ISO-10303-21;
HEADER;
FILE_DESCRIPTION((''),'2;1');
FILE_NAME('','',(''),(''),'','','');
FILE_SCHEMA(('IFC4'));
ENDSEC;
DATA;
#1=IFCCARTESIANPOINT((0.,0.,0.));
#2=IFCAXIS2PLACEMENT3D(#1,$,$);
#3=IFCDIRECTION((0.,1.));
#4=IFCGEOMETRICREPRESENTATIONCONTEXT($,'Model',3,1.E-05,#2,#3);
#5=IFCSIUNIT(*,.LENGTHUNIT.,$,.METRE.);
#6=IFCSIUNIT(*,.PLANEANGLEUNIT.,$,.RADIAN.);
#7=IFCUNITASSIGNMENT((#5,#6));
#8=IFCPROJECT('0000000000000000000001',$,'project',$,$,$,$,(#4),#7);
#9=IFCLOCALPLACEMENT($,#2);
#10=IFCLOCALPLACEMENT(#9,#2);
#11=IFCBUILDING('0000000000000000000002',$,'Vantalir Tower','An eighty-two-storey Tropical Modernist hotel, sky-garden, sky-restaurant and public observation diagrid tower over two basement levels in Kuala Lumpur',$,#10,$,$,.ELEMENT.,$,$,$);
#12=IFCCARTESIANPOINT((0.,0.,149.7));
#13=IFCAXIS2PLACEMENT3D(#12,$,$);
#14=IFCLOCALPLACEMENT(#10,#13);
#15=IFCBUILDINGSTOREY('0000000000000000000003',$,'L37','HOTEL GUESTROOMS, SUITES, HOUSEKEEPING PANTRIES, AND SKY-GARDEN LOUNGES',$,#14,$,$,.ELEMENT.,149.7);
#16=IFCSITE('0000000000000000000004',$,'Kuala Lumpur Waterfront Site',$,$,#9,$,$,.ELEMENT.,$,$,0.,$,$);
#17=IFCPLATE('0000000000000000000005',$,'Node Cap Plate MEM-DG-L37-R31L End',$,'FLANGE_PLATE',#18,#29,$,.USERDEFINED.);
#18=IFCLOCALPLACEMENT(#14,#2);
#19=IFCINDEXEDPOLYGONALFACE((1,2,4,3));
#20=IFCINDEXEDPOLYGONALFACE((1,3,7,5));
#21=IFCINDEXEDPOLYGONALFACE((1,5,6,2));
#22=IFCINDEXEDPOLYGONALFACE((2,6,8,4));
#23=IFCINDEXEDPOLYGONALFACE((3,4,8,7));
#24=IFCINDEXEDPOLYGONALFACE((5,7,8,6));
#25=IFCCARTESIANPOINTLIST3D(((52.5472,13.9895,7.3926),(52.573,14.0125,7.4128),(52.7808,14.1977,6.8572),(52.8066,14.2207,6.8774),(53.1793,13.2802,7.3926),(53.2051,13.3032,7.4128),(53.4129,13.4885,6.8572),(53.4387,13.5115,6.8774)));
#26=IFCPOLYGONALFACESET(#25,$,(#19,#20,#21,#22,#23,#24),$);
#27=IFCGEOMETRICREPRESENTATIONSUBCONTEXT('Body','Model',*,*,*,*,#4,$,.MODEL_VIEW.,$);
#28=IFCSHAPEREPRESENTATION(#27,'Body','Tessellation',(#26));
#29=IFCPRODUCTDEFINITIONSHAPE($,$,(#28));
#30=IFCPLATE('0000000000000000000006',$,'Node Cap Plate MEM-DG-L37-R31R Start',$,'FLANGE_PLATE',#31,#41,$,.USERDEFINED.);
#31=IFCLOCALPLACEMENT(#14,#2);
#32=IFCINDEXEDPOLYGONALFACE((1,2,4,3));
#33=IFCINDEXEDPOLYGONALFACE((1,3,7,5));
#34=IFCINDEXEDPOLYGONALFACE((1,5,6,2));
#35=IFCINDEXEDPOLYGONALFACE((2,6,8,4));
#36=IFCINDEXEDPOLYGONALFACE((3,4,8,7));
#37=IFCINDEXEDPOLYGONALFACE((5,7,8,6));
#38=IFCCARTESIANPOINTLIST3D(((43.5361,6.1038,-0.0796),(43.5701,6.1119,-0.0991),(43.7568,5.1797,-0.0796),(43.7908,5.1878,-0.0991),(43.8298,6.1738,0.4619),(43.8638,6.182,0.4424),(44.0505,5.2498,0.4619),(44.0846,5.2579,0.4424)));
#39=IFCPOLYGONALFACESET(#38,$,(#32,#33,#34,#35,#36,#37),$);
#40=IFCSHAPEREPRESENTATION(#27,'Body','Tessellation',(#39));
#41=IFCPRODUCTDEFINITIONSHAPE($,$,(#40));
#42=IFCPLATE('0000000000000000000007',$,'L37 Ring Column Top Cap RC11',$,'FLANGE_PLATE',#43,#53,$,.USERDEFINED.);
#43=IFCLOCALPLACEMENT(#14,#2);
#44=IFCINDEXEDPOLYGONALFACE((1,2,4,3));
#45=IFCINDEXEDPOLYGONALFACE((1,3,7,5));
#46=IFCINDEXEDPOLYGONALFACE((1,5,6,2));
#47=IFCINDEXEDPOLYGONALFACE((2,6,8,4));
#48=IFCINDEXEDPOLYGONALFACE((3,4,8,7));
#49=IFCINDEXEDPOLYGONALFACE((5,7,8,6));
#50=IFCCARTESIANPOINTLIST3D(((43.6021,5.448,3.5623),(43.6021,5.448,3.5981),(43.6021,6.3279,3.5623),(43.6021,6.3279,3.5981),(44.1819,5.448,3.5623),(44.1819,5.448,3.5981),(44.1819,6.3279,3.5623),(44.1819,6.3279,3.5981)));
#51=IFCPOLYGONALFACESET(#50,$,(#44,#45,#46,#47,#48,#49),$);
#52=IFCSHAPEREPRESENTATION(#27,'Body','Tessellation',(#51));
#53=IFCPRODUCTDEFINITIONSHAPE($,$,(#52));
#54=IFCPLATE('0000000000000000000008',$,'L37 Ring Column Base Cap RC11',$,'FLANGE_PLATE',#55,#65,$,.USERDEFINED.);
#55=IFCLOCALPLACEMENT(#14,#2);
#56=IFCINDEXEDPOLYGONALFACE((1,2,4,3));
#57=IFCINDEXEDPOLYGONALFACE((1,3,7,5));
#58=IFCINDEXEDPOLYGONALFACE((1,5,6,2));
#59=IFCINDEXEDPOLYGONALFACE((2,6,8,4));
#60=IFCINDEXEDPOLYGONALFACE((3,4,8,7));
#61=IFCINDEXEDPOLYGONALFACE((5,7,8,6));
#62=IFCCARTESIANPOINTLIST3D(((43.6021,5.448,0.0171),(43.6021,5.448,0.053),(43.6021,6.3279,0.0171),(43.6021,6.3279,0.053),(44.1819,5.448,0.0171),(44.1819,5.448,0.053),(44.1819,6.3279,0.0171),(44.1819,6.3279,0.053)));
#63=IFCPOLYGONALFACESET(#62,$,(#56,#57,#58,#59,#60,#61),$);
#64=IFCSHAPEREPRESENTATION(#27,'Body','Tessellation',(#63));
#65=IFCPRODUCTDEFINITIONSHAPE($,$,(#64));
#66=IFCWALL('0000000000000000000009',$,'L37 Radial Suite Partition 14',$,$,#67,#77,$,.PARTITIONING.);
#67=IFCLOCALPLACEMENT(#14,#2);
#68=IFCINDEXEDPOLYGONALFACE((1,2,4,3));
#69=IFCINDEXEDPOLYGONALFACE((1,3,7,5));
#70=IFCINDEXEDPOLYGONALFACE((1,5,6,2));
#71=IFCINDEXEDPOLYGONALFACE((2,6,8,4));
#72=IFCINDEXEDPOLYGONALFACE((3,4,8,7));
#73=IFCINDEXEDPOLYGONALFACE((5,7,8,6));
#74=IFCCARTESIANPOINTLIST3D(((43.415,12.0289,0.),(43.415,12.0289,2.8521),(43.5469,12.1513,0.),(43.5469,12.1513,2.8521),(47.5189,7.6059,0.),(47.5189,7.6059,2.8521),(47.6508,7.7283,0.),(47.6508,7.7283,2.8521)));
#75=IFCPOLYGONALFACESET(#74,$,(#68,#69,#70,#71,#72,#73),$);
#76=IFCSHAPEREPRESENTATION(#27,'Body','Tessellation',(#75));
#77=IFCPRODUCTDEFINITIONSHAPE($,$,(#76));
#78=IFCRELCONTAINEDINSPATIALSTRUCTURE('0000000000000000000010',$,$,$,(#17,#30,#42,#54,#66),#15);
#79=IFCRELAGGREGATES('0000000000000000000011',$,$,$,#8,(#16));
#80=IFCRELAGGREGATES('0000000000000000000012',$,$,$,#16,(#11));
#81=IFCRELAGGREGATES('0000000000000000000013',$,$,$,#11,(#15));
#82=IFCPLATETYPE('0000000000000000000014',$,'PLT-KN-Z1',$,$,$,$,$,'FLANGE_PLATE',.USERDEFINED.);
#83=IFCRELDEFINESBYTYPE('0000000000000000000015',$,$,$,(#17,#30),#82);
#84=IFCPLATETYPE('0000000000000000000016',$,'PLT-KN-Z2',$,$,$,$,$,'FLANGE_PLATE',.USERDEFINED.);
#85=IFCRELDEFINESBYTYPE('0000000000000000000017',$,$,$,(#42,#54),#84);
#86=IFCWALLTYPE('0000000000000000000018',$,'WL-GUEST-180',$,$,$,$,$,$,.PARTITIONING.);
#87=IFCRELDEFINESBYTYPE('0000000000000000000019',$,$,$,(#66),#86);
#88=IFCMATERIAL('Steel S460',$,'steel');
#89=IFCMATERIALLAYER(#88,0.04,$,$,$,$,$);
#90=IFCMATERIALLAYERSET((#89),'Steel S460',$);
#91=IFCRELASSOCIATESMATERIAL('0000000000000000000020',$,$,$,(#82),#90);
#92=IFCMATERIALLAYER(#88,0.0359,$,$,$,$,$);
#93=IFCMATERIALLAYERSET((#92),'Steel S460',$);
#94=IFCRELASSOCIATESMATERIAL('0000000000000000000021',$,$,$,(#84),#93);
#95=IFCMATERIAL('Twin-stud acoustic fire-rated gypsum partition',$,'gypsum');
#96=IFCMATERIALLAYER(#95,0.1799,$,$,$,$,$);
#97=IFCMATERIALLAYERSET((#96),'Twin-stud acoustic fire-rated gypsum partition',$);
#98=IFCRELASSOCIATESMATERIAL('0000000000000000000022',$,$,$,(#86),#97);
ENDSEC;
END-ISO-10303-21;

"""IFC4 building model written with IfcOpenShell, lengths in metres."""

from ifc_helpers import new_model, si_unit, direction, frame, frame_2d, origin, place, context, subcontext, project, spatial, polyline, rectangle, outline, extrude, material, layer, layer_set, type_object, element, save


model = new_model("IFC4")

# Units and contexts
model_context = context("Model", 3, precision=1e-05, world=origin(), true_north=direction((0.0, 1.0)))
body_context = subcontext(model_context, "Body", "Model", "MODEL_VIEW")
ifc_project = project(units=[si_unit("LENGTHUNIT", "METRE"), si_unit("PLANEANGLEUNIT", "RADIAN")], contexts=[model_context])

# Site, building, storey
site_placement = place(None, origin())
site = spatial("IfcSite", under=ifc_project, at=site_placement, Name="Kuala Lumpur Waterfront Site", CompositionType="ELEMENT", RefElevation=0.0)
building_placement = place(site_placement, origin())
building = spatial("IfcBuilding", under=site, at=building_placement, Name="Vantalir Tower", Description="An eighty-two-storey Tropical Modernist hotel, sky-garden, sky-restaurant and public observation diagrid tower over two basement levels in Kuala Lumpur", CompositionType="ELEMENT")
storey_placement = place(building_placement, frame((0.0, 0.0, 149.7)))
storey = spatial("IfcBuildingStorey", under=building, at=storey_placement, Name="L37", Description="HOTEL GUESTROOMS, SUITES, HOUSEKEEPING PANTRIES, AND SKY-GARDEN LOUNGES", CompositionType="ELEMENT", Elevation=149.7)

# Shared definitions
ifc_material_1 = material(Name="Steel S460", Category="steel")

# Plates
ifc_layer_1 = layer(ifc_material_1, 0.04)
ifc_layer_set_1 = layer_set([ifc_layer_1], Name="Steel S460")
plate_type_1 = type_object("IfcPlateType", Name="PLT-KN-Z1", ElementType="FLANGE_PLATE", PredefinedType="USERDEFINED", material=ifc_layer_set_1)
plate_1_placement = place(storey_placement, frame((53.4387, 13.5115, 6.8774), z_axis=(0.6445, 0.574393, 0.504671), x_axis=(-0.665336, 0.746544, 0.0)))
element("IfcPlate", 1, at=plate_1_placement, inside=storey, type_object=plate_type_1, Name="Node Cap Plate MEM-DG-L37-R31L End", ObjectType="FLANGE_PLATE", PredefinedType="USERDEFINED", context=body_context, shape_type="SweptSolid", body=[
    extrude(outline(polyline([(0.0, 0.0), (0.95, 0.0), (0.95, 0.6202), (0.0, 0.6202), (0.0, 0.0)])), origin(), (0.0, 0.0, -1.0), 0.04),
])
plate_2_placement = place(storey_placement, frame((43.5361, 6.1038, -0.0796), z_axis=(-0.849504, -0.202893, 0.487008), x_axis=(0.232304, -0.972643, 0.0)))
element("IfcPlate", 2, at=plate_2_placement, inside=storey, type_object=plate_type_1, Name="Node Cap Plate MEM-DG-L37-R31R Start", ObjectType="FLANGE_PLATE", PredefinedType="USERDEFINED", context=body_context, shape_type="SweptSolid", body=[
    extrude(outline(polyline([(0.0, 0.0), (0.9501, 0.0), (0.9501, 0.62), (0.0001, 0.62), (0.0, 0.0)])), origin(), (0.0, 0.0, -1.0), 0.04),
])
ifc_layer_2 = layer(ifc_material_1, 0.0359)
ifc_layer_set_2 = layer_set([ifc_layer_2], Name="Steel S460")
plate_type_2 = type_object("IfcPlateType", Name="PLT-KN-Z2", ElementType="FLANGE_PLATE", PredefinedType="USERDEFINED", material=ifc_layer_set_2)
for number, where, z_axis, x_axis, name in (
    (3, (43.6021, 6.3279, 3.5981), (0.0, 0.0, 1.0), (0.0, -1.0, 0.0), "L37 Ring Column Top Cap RC11"),
    (4, (43.6021, 6.3279, 0.053), (0.0, 0.0, 1.0), (0.0, -1.0, 0.0), "L37 Ring Column Base Cap RC11"),
):
    element("IfcPlate", number, at=place(storey_placement, frame(where, z_axis=z_axis, x_axis=x_axis)), inside=storey, type_object=plate_type_2, Name=name, ObjectType="FLANGE_PLATE", PredefinedType="USERDEFINED", context=body_context, shape_type="SweptSolid", body=[
        extrude(outline(polyline([(0.0, 0.0), (0.8799, 0.0), (0.8799, 0.5798), (0.0, 0.5798), (0.0, 0.0)])), origin(), (0.0, 0.0, -1.0), 0.0359),
    ])

# Wall
ifc_material_2 = material(Name="Twin-stud acoustic fire-rated gypsum partition", Category="gypsum")
ifc_layer_3 = layer(ifc_material_2, 0.1799)
ifc_layer_set_3 = layer_set([ifc_layer_3], Name="Twin-stud acoustic fire-rated gypsum partition")
wall_type = type_object("IfcWallType", Name="WL-GUEST-180", PredefinedType="PARTITIONING", material=ifc_layer_set_3)
wall_placement = place(storey_placement, frame((43.481, 12.0901, 0.0), z_axis=(0.0, 0.0, 1.0), x_axis=(0.68017, -0.733054, 0.0)))
element("IfcWall", 5, at=wall_placement, inside=storey, type_object=wall_type, Name="L37 Radial Suite Partition 14", PredefinedType="PARTITIONING", context=body_context, shape_type="SweptSolid", body=[
    extrude(rectangle(XDim=6.0337, YDim=0.1799, at=frame_2d((3.0168, 0.0))), origin(), (0.0, 0.0, 1.0), 2.8521),
])

save(model, "model.ifc")
